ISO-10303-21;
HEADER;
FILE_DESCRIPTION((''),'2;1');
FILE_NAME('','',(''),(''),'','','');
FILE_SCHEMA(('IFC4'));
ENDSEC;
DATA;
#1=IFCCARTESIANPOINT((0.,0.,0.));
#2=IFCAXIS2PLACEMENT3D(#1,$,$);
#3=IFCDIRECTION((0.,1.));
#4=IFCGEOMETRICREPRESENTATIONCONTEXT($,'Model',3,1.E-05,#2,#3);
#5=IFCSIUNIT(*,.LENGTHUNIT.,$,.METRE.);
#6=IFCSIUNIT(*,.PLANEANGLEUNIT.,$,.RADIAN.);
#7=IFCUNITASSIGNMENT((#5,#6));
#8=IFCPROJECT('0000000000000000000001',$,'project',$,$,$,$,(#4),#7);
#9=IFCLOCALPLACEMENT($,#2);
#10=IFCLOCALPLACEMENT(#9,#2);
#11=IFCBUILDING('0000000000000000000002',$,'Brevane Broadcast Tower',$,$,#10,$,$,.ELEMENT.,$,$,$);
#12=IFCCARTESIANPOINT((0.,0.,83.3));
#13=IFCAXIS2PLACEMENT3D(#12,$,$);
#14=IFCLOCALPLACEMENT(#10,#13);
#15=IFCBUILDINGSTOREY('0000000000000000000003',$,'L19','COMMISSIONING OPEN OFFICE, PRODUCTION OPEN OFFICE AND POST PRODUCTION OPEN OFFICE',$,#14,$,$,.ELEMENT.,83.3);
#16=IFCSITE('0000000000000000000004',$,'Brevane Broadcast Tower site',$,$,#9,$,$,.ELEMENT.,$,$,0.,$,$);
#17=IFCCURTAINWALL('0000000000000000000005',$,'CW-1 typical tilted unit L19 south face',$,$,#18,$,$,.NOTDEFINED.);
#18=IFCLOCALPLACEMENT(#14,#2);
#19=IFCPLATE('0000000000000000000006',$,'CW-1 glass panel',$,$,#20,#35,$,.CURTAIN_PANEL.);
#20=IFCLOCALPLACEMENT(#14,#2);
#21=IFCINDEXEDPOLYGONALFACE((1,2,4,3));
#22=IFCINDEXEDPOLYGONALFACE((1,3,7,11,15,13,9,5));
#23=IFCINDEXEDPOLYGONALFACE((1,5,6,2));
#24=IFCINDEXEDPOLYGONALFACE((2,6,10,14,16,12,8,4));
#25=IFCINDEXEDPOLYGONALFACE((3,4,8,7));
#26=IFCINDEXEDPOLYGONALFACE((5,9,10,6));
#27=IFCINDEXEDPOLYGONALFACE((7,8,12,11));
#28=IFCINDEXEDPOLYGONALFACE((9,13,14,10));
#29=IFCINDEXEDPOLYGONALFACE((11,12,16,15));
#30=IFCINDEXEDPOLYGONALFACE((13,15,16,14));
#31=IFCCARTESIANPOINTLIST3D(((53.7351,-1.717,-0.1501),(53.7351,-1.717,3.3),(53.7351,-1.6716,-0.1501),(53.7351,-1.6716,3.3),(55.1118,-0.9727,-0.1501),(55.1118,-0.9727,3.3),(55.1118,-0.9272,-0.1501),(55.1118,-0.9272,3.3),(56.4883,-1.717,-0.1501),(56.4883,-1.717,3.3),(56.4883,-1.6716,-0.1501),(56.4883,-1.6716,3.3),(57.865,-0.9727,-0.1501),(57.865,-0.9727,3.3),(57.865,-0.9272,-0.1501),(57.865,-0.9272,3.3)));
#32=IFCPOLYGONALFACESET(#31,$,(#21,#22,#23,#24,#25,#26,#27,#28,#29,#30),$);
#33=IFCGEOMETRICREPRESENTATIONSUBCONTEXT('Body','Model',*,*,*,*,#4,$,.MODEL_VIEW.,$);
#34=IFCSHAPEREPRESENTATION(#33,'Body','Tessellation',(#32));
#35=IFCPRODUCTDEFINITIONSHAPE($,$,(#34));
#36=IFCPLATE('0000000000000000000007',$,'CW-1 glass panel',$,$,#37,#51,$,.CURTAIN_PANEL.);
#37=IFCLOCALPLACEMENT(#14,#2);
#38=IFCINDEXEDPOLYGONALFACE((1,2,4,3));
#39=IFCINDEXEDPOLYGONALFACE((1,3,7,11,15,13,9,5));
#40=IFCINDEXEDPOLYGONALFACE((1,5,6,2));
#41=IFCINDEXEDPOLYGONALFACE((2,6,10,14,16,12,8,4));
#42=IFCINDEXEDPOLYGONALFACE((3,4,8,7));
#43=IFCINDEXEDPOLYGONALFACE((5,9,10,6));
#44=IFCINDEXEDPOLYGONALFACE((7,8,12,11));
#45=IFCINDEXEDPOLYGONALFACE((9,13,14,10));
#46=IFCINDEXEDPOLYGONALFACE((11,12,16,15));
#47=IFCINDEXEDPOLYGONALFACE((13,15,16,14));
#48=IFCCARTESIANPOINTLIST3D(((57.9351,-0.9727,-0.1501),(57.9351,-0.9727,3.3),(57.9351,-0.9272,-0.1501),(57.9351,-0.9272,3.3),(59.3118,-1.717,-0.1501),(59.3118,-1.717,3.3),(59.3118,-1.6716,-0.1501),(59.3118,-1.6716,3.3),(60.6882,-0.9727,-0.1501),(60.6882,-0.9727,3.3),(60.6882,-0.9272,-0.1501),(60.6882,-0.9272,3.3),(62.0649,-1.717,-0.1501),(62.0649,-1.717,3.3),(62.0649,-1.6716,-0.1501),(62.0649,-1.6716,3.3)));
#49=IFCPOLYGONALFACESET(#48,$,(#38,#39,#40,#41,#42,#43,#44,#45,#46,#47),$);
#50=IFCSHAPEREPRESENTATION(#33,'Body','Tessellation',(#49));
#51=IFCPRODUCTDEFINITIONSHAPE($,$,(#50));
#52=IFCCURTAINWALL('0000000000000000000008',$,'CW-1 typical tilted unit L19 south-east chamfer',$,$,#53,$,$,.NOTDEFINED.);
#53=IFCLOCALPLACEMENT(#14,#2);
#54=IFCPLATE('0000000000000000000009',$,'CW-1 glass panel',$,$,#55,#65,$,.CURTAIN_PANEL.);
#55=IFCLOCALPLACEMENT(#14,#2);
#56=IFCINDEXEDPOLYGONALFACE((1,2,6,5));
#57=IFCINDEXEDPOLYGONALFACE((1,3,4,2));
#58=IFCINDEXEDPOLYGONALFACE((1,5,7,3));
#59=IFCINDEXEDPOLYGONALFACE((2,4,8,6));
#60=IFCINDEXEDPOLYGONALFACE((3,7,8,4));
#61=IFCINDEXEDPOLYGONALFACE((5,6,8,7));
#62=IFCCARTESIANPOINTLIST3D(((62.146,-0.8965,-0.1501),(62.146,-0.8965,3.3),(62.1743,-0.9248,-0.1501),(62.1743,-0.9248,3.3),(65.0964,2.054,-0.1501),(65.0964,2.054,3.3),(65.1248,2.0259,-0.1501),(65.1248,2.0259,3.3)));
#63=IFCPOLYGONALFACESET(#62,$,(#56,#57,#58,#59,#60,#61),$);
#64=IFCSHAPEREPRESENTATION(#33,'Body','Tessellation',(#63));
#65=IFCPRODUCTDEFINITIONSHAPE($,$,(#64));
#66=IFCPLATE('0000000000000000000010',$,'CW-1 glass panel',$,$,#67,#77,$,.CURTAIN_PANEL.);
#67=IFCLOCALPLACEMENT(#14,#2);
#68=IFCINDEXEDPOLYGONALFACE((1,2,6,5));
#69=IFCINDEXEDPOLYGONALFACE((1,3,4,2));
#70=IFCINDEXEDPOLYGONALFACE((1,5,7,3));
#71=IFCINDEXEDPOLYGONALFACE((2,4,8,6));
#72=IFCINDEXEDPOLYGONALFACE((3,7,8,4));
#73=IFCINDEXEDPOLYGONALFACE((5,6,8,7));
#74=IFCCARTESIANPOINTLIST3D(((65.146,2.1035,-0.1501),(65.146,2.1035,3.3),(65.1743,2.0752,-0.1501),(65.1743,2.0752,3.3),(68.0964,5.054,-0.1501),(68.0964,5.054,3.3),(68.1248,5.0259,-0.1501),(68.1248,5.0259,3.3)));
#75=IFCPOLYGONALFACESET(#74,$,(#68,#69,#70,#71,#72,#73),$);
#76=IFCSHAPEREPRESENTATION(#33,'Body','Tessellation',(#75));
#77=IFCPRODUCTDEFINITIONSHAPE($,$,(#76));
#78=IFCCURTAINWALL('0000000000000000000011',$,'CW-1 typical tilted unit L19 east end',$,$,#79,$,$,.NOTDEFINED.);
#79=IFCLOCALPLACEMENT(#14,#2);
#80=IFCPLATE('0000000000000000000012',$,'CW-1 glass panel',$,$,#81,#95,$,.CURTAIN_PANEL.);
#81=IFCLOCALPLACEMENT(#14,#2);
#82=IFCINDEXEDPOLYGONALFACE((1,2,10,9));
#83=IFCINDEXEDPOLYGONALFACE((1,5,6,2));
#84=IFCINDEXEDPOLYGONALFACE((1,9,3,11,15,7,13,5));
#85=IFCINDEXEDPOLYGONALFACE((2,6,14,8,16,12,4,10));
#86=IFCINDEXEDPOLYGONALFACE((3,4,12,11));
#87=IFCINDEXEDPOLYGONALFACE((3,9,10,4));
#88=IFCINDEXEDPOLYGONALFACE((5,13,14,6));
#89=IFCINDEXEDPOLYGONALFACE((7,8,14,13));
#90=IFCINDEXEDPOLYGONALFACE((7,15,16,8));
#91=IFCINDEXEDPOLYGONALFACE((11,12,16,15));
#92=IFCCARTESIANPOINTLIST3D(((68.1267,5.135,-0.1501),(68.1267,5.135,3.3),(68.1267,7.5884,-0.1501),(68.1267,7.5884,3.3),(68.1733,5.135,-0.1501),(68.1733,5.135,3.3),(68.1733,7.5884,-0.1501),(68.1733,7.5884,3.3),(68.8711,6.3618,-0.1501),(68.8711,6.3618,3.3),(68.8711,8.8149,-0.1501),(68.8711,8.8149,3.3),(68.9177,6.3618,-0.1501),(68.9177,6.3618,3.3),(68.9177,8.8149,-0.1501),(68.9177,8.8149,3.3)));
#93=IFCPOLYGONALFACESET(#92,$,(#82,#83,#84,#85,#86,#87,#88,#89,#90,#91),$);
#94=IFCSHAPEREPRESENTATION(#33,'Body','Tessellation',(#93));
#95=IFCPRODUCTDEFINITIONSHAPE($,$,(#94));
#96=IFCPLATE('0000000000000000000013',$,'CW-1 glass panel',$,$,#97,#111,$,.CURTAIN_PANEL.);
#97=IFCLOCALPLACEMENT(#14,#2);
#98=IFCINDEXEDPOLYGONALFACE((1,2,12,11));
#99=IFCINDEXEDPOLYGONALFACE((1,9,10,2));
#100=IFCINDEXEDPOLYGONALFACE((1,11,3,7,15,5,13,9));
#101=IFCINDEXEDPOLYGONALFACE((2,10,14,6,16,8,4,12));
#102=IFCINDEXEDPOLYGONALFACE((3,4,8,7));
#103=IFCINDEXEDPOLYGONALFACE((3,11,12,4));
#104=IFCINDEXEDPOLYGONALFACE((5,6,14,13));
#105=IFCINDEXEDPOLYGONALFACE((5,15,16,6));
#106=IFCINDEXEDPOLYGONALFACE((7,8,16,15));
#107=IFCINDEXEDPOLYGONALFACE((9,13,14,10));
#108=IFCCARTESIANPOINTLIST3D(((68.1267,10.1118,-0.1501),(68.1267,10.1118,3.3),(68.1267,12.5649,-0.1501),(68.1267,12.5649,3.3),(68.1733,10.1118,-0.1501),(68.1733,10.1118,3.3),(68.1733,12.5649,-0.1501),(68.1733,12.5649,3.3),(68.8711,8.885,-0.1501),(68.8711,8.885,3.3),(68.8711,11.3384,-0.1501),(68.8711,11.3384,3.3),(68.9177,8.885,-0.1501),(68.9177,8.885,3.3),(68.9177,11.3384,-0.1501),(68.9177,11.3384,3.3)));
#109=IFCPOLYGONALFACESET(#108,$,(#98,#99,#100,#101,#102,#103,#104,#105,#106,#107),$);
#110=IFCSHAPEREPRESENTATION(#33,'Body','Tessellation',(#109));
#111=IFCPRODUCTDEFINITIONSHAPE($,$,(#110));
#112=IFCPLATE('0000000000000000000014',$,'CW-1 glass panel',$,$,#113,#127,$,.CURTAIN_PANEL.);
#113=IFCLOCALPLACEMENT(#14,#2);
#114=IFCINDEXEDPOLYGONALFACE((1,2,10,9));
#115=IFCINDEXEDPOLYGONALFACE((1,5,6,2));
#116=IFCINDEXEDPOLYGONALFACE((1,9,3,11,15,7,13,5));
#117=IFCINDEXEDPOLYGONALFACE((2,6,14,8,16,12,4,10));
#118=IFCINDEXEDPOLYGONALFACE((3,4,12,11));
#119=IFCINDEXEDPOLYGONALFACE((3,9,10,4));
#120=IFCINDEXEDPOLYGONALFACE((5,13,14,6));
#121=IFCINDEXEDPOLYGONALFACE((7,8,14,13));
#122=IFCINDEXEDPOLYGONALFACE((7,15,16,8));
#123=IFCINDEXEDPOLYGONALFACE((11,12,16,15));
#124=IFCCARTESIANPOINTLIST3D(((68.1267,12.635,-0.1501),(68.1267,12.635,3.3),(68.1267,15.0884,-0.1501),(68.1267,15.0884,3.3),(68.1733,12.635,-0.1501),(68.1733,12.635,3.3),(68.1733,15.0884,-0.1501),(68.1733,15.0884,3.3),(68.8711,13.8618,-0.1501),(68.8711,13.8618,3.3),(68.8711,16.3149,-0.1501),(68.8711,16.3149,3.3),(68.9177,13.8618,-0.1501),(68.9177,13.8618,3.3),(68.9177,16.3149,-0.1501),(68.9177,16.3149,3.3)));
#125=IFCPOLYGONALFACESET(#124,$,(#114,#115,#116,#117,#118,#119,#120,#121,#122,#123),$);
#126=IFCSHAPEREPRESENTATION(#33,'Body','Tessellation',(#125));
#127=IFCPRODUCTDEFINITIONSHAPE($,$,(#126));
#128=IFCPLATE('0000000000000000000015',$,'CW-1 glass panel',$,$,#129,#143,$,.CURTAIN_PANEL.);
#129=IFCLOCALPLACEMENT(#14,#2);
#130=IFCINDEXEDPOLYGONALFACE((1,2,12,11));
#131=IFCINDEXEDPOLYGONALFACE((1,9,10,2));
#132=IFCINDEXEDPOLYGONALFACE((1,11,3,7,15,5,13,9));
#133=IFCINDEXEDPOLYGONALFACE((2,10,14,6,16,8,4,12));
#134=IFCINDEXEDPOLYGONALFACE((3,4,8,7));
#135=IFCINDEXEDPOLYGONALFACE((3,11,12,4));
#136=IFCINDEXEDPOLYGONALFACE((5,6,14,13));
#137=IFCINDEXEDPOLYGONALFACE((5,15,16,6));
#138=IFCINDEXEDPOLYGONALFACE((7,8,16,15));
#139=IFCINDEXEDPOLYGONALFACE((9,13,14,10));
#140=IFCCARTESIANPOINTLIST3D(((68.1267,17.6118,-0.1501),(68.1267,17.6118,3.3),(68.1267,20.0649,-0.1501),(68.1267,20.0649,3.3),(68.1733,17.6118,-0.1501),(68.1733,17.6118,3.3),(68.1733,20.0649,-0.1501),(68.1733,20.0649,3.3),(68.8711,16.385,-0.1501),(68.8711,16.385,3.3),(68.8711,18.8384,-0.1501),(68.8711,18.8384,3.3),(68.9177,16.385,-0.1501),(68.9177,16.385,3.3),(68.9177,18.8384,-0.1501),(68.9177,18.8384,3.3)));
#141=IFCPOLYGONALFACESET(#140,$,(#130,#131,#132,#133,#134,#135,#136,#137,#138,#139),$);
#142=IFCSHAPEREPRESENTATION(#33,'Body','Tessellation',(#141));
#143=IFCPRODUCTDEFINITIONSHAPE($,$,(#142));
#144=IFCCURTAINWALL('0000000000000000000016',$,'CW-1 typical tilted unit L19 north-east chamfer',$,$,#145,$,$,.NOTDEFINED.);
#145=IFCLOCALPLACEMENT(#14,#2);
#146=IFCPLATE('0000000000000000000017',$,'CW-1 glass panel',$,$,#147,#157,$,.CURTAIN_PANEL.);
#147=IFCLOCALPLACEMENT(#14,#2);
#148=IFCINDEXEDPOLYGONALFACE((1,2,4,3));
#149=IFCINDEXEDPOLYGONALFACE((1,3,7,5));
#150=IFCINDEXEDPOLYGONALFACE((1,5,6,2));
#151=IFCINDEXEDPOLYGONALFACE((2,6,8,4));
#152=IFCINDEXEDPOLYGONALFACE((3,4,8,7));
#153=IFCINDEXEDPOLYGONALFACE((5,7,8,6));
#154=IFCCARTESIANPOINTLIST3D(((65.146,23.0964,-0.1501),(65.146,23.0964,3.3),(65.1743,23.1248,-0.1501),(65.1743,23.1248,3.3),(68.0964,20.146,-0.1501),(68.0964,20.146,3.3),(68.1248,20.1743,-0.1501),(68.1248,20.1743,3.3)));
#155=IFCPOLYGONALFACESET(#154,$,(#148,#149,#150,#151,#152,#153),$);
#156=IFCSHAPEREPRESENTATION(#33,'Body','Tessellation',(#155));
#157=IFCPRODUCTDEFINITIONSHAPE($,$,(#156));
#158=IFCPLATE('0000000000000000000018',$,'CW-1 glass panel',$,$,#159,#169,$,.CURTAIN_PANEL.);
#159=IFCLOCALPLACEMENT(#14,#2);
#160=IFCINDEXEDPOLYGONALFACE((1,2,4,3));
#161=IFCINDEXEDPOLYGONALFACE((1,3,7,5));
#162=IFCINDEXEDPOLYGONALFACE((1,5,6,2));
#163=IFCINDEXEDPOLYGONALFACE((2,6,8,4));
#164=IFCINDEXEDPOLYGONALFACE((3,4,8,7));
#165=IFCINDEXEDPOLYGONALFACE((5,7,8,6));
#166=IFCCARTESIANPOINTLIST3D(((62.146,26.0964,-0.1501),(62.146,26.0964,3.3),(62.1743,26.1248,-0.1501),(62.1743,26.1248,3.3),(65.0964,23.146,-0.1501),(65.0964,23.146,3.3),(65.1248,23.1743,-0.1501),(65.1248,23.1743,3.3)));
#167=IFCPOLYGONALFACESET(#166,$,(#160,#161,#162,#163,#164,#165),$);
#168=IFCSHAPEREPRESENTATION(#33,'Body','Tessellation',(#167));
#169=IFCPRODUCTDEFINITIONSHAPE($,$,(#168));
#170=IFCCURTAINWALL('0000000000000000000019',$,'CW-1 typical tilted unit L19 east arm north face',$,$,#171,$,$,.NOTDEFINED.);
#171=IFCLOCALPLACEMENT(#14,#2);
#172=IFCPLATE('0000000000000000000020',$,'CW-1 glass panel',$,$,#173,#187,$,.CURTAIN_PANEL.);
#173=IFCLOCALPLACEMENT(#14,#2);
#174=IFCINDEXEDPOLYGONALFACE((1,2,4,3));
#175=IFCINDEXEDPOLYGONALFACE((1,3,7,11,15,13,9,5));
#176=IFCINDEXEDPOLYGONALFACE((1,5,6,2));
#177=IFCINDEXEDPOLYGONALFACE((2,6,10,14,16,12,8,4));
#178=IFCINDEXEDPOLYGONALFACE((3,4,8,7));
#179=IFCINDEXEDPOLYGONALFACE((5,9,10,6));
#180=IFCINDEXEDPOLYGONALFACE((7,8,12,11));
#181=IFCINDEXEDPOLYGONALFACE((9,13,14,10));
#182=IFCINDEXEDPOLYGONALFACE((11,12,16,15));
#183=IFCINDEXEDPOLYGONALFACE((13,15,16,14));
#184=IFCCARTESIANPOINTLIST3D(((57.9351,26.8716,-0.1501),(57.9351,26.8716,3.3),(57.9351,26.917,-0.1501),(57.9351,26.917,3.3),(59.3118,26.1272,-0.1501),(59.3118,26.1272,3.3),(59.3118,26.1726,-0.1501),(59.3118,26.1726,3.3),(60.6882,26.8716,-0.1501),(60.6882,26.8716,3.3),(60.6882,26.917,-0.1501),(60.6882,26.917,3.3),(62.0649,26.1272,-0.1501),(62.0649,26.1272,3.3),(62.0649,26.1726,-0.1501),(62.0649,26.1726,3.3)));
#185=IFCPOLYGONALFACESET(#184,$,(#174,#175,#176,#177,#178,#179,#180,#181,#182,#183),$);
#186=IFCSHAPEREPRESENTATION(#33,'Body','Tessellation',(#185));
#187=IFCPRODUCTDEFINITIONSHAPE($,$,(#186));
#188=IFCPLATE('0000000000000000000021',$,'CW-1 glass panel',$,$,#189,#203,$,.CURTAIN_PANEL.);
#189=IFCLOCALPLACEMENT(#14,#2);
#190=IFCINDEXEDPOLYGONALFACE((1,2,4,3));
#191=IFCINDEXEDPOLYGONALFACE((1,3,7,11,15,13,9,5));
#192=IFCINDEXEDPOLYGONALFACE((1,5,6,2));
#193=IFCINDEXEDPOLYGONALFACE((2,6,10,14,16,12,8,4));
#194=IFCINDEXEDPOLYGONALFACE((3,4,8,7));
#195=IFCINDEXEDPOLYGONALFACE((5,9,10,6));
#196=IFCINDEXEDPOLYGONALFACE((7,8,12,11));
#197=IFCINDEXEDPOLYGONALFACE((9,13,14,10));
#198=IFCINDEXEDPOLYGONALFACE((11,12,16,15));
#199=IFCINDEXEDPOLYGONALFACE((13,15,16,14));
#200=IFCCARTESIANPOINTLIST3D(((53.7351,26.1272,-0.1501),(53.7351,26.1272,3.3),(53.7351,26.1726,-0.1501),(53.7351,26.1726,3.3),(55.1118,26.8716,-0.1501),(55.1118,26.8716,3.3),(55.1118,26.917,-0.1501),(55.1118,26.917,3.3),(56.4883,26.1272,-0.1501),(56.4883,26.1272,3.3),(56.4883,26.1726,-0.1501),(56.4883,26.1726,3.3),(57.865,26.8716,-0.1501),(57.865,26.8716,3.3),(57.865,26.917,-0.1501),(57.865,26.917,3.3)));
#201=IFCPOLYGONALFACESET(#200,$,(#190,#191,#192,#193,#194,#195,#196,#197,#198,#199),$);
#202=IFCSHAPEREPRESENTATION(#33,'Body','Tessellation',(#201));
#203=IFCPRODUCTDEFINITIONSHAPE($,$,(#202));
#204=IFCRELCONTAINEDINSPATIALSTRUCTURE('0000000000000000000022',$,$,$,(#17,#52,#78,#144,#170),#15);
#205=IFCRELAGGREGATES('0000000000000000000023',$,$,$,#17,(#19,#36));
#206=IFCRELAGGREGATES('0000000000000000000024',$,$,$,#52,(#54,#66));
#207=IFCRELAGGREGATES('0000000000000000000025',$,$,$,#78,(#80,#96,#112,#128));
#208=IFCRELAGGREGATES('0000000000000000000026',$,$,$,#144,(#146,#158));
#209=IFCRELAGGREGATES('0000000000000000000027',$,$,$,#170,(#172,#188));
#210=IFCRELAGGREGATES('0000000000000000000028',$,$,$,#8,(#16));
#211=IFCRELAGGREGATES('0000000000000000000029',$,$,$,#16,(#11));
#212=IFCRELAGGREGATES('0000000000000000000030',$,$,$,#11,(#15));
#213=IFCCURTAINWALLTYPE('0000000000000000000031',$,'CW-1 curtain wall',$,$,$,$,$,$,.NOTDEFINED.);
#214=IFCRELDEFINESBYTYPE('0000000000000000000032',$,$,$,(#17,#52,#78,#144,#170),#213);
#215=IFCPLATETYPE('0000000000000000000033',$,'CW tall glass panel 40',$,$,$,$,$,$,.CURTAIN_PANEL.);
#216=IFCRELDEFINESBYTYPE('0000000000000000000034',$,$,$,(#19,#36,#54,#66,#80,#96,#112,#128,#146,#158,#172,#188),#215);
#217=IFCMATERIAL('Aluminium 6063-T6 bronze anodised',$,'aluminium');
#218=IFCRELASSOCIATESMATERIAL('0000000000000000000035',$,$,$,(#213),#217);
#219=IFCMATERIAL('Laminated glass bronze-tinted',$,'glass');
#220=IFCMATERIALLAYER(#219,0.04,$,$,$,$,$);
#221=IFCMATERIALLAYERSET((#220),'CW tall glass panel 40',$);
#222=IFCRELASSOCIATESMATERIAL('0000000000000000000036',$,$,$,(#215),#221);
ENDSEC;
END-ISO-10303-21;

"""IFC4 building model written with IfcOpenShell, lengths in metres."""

from ifc_helpers import new_model, si_unit, direction, frame, origin, place, context, subcontext, project, spatial, polyline, outline, extrude, material, layer, layer_set, type_object, element, aggregate, save


model = new_model("IFC4")

# Units and contexts
model_context = context("Model", 3, precision=1e-05, world=origin(), true_north=direction((0.0, 1.0)))
body_context = subcontext(model_context, "Body", "Model", "MODEL_VIEW")
ifc_project = project(units=[si_unit("LENGTHUNIT", "METRE"), si_unit("PLANEANGLEUNIT", "RADIAN")], contexts=[model_context])

# Site, building, storey
site_placement = place(None, origin())
site = spatial("IfcSite", under=ifc_project, at=site_placement, Name="Brevane Broadcast Tower site", CompositionType="ELEMENT", RefElevation=0.0)
building_placement = place(site_placement, origin())
building = spatial("IfcBuilding", under=site, at=building_placement, Name="Brevane Broadcast Tower", CompositionType="ELEMENT")
storey_placement = place(building_placement, frame((0.0, 0.0, 83.3)))
storey = spatial("IfcBuildingStorey", under=building, at=storey_placement, Name="L19", Description="COMMISSIONING OPEN OFFICE, PRODUCTION OPEN OFFICE AND POST PRODUCTION OPEN OFFICE", CompositionType="ELEMENT", Elevation=83.3)

# Curtain walls, plates
ifc_material_1 = material(Name="Aluminium 6063-T6 bronze anodised", Category="aluminium")
curtain_wall_type = type_object("IfcCurtainWallType", Name="CW-1 curtain wall", PredefinedType="NOTDEFINED", material=ifc_material_1)
curtain_wall_1_placement = place(storey_placement, origin())
curtain_wall_1 = element("IfcCurtainWall", 1, at=curtain_wall_1_placement, inside=storey, type_object=curtain_wall_type, Name="CW-1 typical tilted unit L19 south face", PredefinedType="NOTDEFINED")
ifc_material_2 = material(Name="Laminated glass bronze-tinted", Category="glass")
ifc_layer = layer(ifc_material_2, 0.04)
ifc_layer_set = layer_set([ifc_layer], Name="CW tall glass panel 40")
plate_type = type_object("IfcPlateType", Name="CW tall glass panel 40", PredefinedType="CURTAIN_PANEL", material=ifc_layer_set)
plate_1_placement = place(storey_placement, frame((0.0, 0.0, -0.1501)))
plate_1 = element("IfcPlate", 2, at=plate_1_placement, type_object=plate_type, Name="CW-1 glass panel", PredefinedType="CURTAIN_PANEL", context=body_context, shape_type="SweptSolid", body=[
    extrude(outline(polyline([(53.7351, -1.6716), (53.7351, -1.717), (55.1118, -0.9727), (56.4883, -1.717), (57.865, -0.9727), (57.865, -0.9272), (56.4883, -1.6716), (55.1118, -0.9272), (53.7351, -1.6716)])), origin(), (0.0, 0.0, 1.0), 3.4502),
])
plate_2_placement = place(storey_placement, frame((0.0, 0.0, -0.1501)))
plate_2 = element("IfcPlate", 3, at=plate_2_placement, type_object=plate_type, Name="CW-1 glass panel", PredefinedType="CURTAIN_PANEL", context=body_context, shape_type="SweptSolid", body=[
    extrude(outline(polyline([(57.9351, -0.9272), (57.9351, -0.9727), (59.3118, -1.717), (60.6882, -0.9727), (62.0649, -1.717), (62.0649, -1.6716), (60.6882, -0.9272), (59.3118, -1.6716), (57.9351, -0.9272)])), origin(), (0.0, 0.0, 1.0), 3.4502),
])
aggregate(curtain_wall_1, [plate_1, plate_2])
curtain_wall_2_placement = place(storey_placement, origin())
curtain_wall_2 = element("IfcCurtainWall", 4, at=curtain_wall_2_placement, inside=storey, type_object=curtain_wall_type, Name="CW-1 typical tilted unit L19 south-east chamfer", PredefinedType="NOTDEFINED")
plate_3_placement = place(storey_placement, frame((0.0, 0.0, -0.1501)))
plate_3 = element("IfcPlate", 5, at=plate_3_placement, type_object=plate_type, Name="CW-1 glass panel", PredefinedType="CURTAIN_PANEL", context=body_context, shape_type="SweptSolid", body=[
    extrude(outline(polyline([(62.146, -0.8965), (65.0964, 2.054), (65.1248, 2.0259), (62.1743, -0.9248), (62.146, -0.8965)])), origin(), (0.0, 0.0, 1.0), 3.4502),
])
plate_4_placement = place(storey_placement, frame((0.0, 0.0, -0.1501)))
plate_4 = element("IfcPlate", 6, at=plate_4_placement, type_object=plate_type, Name="CW-1 glass panel", PredefinedType="CURTAIN_PANEL", context=body_context, shape_type="SweptSolid", body=[
    extrude(outline(polyline([(65.146, 2.1035), (68.0964, 5.054), (68.1248, 5.0259), (65.1743, 2.0752), (65.146, 2.1035)])), origin(), (0.0, 0.0, 1.0), 3.4502),
])
aggregate(curtain_wall_2, [plate_3, plate_4])
curtain_wall_3_placement = place(storey_placement, origin())
curtain_wall_3 = element("IfcCurtainWall", 7, at=curtain_wall_3_placement, inside=storey, type_object=curtain_wall_type, Name="CW-1 typical tilted unit L19 east end", PredefinedType="NOTDEFINED")
plate_5_placement = place(storey_placement, frame((0.0, 0.0, -0.1501)))
plate_5 = element("IfcPlate", 8, at=plate_5_placement, type_object=plate_type, Name="CW-1 glass panel", PredefinedType="CURTAIN_PANEL", context=body_context, shape_type="SweptSolid", body=[
    extrude(outline(polyline([(68.1267, 5.135), (68.1733, 5.135), (68.9177, 6.3618), (68.1733, 7.5884), (68.9177, 8.8149), (68.8711, 8.8149), (68.1267, 7.5884), (68.8711, 6.3618), (68.1267, 5.135)])), origin(), (0.0, 0.0, 1.0), 3.4502),
])
plate_6_placement = place(storey_placement, frame((0.0, 0.0, -0.1501)))
plate_6 = element("IfcPlate", 9, at=plate_6_placement, type_object=plate_type, Name="CW-1 glass panel", PredefinedType="CURTAIN_PANEL", context=body_context, shape_type="SweptSolid", body=[
    extrude(outline(polyline([(68.8711, 8.885), (68.9177, 8.885), (68.1733, 10.1118), (68.9177, 11.3384), (68.1733, 12.5649), (68.1267, 12.5649), (68.8711, 11.3384), (68.1267, 10.1118), (68.8711, 8.885)])), origin(), (0.0, 0.0, 1.0), 3.4502),
])
plate_7_placement = place(storey_placement, frame((0.0, 0.0, -0.1501)))
plate_7 = element("IfcPlate", 10, at=plate_7_placement, type_object=plate_type, Name="CW-1 glass panel", PredefinedType="CURTAIN_PANEL", context=body_context, shape_type="SweptSolid", body=[
    extrude(outline(polyline([(68.1267, 12.635), (68.1733, 12.635), (68.9177, 13.8618), (68.1733, 15.0884), (68.9177, 16.3149), (68.8711, 16.3149), (68.1267, 15.0884), (68.8711, 13.8618), (68.1267, 12.635)])), origin(), (0.0, 0.0, 1.0), 3.4502),
])
plate_8_placement = place(storey_placement, frame((0.0, 0.0, -0.1501)))
plate_8 = element("IfcPlate", 11, at=plate_8_placement, type_object=plate_type, Name="CW-1 glass panel", PredefinedType="CURTAIN_PANEL", context=body_context, shape_type="SweptSolid", body=[
    extrude(outline(polyline([(68.8711, 16.385), (68.9177, 16.385), (68.1733, 17.6118), (68.9177, 18.8384), (68.1733, 20.0649), (68.1267, 20.0649), (68.8711, 18.8384), (68.1267, 17.6118), (68.8711, 16.385)])), origin(), (0.0, 0.0, 1.0), 3.4502),
])
aggregate(curtain_wall_3, [plate_5, plate_6, plate_7, plate_8])
curtain_wall_4_placement = place(storey_placement, origin())
curtain_wall_4 = element("IfcCurtainWall", 12, at=curtain_wall_4_placement, inside=storey, type_object=curtain_wall_type, Name="CW-1 typical tilted unit L19 north-east chamfer", PredefinedType="NOTDEFINED")
plate_9_placement = place(storey_placement, frame((0.0, 0.0, -0.1501)))
plate_9 = element("IfcPlate", 13, at=plate_9_placement, type_object=plate_type, Name="CW-1 glass panel", PredefinedType="CURTAIN_PANEL", context=body_context, shape_type="SweptSolid", body=[
    extrude(outline(polyline([(68.0964, 20.146), (65.146, 23.0964), (65.1743, 23.1248), (68.1248, 20.1743), (68.0964, 20.146)])), origin(), (0.0, 0.0, 1.0), 3.4502),
])
plate_10_placement = place(storey_placement, frame((0.0, 0.0, -0.1501)))
plate_10 = element("IfcPlate", 14, at=plate_10_placement, type_object=plate_type, Name="CW-1 glass panel", PredefinedType="CURTAIN_PANEL", context=body_context, shape_type="SweptSolid", body=[
    extrude(outline(polyline([(65.0964, 23.146), (62.146, 26.0964), (62.1743, 26.1248), (65.1248, 23.1743), (65.0964, 23.146)])), origin(), (0.0, 0.0, 1.0), 3.4502),
])
aggregate(curtain_wall_4, [plate_9, plate_10])
curtain_wall_5_placement = place(storey_placement, origin())
curtain_wall_5 = element("IfcCurtainWall", 15, at=curtain_wall_5_placement, inside=storey, type_object=curtain_wall_type, Name="CW-1 typical tilted unit L19 east arm north face", PredefinedType="NOTDEFINED")
plate_11_placement = place(storey_placement, frame((0.0, 0.0, -0.1501)))
plate_11 = element("IfcPlate", 16, at=plate_11_placement, type_object=plate_type, Name="CW-1 glass panel", PredefinedType="CURTAIN_PANEL", context=body_context, shape_type="SweptSolid", body=[
    extrude(outline(polyline([(62.0649, 26.1272), (62.0649, 26.1726), (60.6882, 26.917), (59.3118, 26.1726), (57.9351, 26.917), (57.9351, 26.8716), (59.3118, 26.1272), (60.6882, 26.8716), (62.0649, 26.1272)])), origin(), (0.0, 0.0, 1.0), 3.4502),
])
plate_12_placement = place(storey_placement, frame((0.0, 0.0, -0.1501)))
plate_12 = element("IfcPlate", 17, at=plate_12_placement, type_object=plate_type, Name="CW-1 glass panel", PredefinedType="CURTAIN_PANEL", context=body_context, shape_type="SweptSolid", body=[
    extrude(outline(polyline([(57.865, 26.8716), (57.865, 26.917), (56.4883, 26.1726), (55.1118, 26.917), (53.7351, 26.1726), (53.7351, 26.1272), (55.1118, 26.8716), (56.4883, 26.1272), (57.865, 26.8716)])), origin(), (0.0, 0.0, 1.0), 3.4502),
])
aggregate(curtain_wall_5, [plate_11, plate_12])

save(model, "model.ifc")
